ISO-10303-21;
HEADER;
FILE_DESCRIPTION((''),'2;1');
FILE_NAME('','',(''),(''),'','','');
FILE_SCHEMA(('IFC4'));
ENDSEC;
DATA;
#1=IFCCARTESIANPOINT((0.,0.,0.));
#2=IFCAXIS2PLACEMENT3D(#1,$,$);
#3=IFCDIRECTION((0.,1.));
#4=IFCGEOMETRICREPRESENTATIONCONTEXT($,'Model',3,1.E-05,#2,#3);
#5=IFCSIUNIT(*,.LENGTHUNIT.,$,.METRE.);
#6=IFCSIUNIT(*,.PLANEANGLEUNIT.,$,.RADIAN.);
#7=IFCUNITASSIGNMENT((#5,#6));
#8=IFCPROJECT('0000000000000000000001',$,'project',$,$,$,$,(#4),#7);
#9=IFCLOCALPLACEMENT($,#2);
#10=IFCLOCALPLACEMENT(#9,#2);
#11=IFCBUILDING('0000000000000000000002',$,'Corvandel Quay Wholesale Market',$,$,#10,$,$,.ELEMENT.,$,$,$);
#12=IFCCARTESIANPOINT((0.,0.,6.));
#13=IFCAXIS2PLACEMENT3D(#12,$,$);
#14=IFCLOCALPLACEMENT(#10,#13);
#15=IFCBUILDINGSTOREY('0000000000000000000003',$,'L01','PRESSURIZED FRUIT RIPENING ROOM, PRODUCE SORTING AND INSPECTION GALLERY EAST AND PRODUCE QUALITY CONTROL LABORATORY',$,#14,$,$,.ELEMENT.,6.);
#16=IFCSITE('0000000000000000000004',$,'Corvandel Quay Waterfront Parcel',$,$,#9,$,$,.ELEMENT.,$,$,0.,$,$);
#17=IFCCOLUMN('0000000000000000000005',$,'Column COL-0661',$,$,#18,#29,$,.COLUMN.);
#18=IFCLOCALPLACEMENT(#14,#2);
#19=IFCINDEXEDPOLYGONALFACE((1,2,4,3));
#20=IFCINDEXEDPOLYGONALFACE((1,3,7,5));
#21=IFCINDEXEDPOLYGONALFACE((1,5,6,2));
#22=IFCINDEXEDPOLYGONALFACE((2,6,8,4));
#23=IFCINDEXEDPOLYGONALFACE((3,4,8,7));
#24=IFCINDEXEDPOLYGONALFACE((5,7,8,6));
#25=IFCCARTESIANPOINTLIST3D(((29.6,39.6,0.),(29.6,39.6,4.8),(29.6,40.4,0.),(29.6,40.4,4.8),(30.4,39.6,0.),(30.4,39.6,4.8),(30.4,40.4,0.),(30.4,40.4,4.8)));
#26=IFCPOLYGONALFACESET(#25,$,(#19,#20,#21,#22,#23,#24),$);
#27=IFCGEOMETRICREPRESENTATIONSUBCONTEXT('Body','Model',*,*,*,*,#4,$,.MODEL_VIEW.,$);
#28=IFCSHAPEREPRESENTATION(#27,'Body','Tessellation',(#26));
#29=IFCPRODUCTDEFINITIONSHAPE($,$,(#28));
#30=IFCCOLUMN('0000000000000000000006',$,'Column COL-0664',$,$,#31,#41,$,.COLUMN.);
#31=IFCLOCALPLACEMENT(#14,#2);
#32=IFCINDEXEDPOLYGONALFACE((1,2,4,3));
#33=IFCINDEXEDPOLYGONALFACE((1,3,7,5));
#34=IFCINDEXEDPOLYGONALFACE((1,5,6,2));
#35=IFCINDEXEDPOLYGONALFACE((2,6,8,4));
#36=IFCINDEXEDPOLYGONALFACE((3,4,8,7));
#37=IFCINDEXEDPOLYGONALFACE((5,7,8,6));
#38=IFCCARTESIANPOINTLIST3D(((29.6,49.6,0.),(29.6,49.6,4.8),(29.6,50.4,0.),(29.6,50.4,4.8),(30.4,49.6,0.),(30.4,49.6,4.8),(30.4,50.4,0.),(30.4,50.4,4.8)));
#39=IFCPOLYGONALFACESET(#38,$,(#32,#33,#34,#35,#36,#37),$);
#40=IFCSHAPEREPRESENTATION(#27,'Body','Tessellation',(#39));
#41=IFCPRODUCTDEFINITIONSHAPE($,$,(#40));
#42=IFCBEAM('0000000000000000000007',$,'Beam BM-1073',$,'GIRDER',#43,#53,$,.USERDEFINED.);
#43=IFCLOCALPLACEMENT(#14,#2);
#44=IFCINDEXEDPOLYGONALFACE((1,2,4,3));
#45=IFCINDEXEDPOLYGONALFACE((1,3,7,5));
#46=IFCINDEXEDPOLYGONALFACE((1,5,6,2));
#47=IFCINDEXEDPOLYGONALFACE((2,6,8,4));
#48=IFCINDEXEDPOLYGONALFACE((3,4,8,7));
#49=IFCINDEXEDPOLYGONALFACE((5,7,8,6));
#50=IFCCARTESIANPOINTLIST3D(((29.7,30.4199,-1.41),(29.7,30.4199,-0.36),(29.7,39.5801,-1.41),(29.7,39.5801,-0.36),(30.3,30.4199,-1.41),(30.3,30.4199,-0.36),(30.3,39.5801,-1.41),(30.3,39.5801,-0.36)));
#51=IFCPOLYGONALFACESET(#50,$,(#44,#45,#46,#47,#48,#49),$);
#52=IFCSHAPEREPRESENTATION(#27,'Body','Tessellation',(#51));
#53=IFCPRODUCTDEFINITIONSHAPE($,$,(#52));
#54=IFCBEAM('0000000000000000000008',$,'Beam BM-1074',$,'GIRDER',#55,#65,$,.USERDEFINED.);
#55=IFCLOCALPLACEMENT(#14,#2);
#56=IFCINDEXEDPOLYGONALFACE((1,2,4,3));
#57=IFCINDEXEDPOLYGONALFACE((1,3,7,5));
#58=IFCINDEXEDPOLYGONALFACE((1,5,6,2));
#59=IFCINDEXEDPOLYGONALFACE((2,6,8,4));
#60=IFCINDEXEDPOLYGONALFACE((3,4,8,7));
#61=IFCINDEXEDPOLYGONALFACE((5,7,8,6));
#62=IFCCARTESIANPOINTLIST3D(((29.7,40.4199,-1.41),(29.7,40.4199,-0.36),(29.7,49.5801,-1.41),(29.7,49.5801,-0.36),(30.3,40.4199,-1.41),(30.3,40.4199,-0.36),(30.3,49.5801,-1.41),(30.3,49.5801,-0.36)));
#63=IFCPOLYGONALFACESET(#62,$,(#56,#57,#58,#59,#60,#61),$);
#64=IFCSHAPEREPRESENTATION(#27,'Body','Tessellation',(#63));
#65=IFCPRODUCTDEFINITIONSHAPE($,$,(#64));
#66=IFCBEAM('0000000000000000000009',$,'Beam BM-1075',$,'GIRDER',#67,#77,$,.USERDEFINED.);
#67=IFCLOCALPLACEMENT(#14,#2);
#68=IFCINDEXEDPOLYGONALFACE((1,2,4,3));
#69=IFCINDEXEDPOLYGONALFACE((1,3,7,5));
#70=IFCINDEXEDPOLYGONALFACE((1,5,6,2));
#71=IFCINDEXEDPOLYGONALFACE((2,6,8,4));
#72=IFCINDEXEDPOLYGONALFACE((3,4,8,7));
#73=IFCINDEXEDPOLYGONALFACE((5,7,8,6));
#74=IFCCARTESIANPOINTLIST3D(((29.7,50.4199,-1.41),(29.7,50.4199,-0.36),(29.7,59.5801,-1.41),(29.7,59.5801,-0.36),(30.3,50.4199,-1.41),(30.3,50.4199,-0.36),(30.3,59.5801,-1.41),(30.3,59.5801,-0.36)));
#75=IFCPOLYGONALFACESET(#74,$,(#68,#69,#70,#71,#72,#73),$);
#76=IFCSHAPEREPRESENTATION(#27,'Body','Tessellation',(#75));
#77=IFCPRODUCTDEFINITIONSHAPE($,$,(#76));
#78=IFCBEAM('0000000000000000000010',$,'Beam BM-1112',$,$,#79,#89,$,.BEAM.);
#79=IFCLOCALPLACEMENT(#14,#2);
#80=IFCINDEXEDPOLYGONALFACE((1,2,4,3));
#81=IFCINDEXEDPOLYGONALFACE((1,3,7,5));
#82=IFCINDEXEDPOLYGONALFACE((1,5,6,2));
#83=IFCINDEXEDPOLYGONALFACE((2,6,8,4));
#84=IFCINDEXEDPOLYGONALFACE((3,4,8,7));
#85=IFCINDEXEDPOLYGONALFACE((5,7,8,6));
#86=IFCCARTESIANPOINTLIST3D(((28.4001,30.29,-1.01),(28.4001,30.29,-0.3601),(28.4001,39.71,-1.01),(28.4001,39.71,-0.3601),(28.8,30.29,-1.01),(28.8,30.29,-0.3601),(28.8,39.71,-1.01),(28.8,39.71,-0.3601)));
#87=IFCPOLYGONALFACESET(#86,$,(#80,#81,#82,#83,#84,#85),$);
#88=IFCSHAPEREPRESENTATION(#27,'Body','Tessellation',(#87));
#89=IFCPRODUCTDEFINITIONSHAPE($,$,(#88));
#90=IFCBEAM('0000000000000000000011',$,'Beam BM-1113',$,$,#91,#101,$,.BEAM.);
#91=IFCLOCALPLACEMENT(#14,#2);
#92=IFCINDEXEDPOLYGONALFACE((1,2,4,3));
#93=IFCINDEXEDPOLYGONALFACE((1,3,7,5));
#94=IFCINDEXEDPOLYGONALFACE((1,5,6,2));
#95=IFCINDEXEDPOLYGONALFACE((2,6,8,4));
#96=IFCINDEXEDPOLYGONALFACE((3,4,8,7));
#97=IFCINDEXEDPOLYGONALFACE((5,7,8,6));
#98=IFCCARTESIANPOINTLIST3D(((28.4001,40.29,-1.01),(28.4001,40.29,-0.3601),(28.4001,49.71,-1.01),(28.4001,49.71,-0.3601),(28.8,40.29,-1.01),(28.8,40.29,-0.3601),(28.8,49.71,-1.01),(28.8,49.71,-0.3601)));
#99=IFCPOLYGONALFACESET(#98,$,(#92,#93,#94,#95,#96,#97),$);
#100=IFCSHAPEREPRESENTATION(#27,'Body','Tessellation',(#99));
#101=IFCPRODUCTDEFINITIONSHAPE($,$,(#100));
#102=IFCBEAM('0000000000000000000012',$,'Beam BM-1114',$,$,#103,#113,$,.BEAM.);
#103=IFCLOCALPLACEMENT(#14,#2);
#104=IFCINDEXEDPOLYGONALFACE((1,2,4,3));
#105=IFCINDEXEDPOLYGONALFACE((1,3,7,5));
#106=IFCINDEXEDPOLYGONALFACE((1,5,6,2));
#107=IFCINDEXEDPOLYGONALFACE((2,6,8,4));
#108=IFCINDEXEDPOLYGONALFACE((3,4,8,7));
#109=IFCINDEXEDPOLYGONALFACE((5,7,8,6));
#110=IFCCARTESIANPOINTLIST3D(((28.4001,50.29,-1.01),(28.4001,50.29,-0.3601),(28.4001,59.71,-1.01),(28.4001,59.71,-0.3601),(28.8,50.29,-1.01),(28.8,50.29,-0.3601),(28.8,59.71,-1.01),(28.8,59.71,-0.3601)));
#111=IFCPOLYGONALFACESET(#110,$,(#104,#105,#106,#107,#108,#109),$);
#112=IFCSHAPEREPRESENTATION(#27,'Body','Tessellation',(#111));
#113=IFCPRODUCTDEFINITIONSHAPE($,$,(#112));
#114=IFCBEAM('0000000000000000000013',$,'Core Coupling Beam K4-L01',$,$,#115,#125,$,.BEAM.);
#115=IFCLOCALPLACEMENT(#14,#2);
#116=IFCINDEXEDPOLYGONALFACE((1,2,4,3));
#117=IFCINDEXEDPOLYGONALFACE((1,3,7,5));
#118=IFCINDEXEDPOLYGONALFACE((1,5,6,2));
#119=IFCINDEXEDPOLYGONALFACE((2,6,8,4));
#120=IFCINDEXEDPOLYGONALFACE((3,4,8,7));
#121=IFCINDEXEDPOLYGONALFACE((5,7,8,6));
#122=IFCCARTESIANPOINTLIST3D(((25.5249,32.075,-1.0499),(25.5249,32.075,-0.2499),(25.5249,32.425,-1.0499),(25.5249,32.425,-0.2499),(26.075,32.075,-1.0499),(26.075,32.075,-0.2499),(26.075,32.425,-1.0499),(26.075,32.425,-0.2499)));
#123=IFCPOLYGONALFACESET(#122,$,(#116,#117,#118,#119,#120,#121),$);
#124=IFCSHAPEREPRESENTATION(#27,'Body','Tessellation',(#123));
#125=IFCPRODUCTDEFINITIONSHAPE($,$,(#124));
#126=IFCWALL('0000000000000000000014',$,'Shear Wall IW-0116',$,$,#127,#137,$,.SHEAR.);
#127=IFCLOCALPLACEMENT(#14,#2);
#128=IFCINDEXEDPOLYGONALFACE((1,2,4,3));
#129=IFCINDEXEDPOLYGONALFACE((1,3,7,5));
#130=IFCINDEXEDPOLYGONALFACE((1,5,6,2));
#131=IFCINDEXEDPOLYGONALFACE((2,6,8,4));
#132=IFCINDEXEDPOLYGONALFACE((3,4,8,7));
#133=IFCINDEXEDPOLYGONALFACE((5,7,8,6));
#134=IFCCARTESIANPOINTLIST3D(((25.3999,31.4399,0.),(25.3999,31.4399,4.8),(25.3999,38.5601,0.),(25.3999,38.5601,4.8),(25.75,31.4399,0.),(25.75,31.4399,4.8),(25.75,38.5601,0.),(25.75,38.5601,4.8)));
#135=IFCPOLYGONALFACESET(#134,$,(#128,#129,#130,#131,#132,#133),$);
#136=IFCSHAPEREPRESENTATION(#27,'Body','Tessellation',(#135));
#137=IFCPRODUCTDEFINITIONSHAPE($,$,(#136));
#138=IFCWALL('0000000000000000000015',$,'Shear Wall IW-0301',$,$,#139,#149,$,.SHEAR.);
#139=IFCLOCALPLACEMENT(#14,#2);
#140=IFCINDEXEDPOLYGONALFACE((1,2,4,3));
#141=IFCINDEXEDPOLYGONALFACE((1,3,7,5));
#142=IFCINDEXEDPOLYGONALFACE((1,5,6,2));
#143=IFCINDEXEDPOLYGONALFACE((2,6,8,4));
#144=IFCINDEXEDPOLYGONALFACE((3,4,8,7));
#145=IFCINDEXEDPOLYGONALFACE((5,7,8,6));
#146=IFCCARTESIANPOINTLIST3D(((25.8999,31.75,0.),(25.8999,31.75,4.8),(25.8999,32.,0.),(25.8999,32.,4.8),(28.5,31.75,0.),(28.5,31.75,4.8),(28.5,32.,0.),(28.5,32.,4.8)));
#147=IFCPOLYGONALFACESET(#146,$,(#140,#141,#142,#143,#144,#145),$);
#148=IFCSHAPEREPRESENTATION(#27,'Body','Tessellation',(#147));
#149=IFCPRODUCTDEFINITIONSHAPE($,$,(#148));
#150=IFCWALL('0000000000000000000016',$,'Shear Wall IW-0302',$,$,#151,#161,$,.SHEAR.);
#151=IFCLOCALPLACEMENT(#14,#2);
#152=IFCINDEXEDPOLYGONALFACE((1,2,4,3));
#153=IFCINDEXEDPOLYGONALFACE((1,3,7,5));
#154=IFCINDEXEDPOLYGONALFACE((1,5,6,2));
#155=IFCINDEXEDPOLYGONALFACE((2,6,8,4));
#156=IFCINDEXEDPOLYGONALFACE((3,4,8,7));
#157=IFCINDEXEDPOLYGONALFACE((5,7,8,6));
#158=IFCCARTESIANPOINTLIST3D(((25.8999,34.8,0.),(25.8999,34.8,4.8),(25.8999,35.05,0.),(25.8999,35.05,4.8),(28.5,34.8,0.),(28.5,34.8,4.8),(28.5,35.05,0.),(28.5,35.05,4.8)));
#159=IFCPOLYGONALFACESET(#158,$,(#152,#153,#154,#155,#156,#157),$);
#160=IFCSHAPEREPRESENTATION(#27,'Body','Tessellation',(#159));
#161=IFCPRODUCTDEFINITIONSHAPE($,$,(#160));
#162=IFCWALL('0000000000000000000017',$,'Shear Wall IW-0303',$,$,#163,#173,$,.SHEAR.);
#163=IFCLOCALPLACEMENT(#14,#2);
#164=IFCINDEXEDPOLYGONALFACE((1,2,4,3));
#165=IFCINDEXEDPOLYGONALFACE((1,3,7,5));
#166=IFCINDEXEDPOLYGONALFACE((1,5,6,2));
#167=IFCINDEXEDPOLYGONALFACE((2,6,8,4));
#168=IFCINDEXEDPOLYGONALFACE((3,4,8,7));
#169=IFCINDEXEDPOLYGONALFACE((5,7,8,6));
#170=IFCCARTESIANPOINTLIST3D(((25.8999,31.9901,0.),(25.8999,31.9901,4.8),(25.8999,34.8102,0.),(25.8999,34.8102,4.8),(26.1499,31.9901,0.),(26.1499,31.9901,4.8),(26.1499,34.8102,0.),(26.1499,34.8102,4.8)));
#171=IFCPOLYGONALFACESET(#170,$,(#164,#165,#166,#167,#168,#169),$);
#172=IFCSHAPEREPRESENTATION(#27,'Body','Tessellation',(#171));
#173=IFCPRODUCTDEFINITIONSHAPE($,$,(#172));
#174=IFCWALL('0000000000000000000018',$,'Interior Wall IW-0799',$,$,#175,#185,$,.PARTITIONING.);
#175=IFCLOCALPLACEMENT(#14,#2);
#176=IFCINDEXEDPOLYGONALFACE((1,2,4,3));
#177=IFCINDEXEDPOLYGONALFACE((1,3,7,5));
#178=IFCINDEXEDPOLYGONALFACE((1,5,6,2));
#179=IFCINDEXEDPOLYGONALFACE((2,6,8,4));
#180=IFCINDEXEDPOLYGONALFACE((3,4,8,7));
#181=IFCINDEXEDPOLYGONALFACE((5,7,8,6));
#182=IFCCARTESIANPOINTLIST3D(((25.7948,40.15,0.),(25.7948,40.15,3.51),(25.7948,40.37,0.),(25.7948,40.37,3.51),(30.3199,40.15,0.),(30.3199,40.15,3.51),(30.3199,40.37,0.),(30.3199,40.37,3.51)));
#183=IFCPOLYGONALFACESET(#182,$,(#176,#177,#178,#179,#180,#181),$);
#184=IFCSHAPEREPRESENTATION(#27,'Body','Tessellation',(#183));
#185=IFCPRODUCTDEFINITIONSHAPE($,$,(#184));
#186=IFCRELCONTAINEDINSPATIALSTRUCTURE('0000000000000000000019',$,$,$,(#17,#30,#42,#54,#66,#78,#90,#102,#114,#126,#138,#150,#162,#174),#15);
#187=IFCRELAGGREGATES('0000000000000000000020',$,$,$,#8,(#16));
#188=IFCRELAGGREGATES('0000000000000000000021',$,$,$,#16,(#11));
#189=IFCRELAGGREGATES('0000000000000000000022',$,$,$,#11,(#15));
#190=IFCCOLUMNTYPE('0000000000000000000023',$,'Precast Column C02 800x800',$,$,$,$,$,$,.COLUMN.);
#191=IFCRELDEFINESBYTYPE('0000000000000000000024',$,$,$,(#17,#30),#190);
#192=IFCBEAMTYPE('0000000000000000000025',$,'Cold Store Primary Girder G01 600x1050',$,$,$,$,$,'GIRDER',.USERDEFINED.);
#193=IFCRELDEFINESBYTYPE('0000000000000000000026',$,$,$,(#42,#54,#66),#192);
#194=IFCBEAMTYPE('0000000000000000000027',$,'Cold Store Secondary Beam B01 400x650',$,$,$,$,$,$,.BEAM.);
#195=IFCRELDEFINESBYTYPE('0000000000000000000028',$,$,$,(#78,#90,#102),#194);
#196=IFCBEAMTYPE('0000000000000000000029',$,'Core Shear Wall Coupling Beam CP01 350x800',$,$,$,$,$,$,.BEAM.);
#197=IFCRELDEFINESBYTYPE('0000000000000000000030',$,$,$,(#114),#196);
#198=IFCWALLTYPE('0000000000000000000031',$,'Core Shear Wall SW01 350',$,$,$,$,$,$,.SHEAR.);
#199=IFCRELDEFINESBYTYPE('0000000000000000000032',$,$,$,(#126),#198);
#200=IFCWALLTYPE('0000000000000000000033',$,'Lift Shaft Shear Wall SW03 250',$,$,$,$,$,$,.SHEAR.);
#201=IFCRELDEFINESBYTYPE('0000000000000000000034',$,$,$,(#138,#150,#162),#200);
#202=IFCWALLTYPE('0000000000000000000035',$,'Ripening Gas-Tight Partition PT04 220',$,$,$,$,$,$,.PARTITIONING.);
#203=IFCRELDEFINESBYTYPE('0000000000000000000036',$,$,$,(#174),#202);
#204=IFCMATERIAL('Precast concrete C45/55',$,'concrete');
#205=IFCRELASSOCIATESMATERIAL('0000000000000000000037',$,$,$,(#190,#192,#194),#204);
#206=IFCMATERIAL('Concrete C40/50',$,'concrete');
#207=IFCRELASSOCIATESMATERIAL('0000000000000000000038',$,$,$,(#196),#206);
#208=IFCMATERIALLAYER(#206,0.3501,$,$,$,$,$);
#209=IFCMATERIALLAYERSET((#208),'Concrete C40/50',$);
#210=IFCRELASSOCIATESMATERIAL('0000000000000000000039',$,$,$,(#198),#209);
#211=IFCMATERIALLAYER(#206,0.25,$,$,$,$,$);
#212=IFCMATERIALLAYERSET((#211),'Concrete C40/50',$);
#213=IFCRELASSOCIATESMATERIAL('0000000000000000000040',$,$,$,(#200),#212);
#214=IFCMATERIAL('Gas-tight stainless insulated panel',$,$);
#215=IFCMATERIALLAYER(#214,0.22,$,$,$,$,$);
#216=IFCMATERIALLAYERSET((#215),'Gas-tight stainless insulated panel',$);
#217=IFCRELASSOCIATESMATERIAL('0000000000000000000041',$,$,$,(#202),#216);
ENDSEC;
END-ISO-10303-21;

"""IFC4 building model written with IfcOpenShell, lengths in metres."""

from ifc_helpers import new_model, si_unit, direction, frame, frame_2d, origin, origin_2d, place, context, subcontext, project, spatial, rectangle, extrude, material, layer, layer_set, material_profile, profile_set, type_object, element, save


model = new_model("IFC4")

# Units and contexts
model_context = context("Model", 3, precision=1e-05, world=origin(), true_north=direction((0.0, 1.0)))
body_context = subcontext(model_context, "Body", "Model", "MODEL_VIEW")
ifc_project = project(units=[si_unit("LENGTHUNIT", "METRE"), si_unit("PLANEANGLEUNIT", "RADIAN")], contexts=[model_context])

# Site, building, storey
site_placement = place(None, origin())
site = spatial("IfcSite", under=ifc_project, at=site_placement, Name="Corvandel Quay Waterfront Parcel", CompositionType="ELEMENT", RefElevation=0.0)
building_placement = place(site_placement, origin())
building = spatial("IfcBuilding", under=site, at=building_placement, Name="Corvandel Quay Wholesale Market", CompositionType="ELEMENT")
storey_placement = place(building_placement, frame((0.0, 0.0, 6.0)))
storey = spatial("IfcBuildingStorey", under=building, at=storey_placement, Name="L01", Description="PRESSURIZED FRUIT RIPENING ROOM, PRODUCE SORTING AND INSPECTION GALLERY EAST AND PRODUCE QUALITY CONTROL LABORATORY", CompositionType="ELEMENT", Elevation=6.0)

# Columns
ifc_material_1 = material(Name="Precast concrete C45/55", Category="concrete")
ifc_material_profile_1 = material_profile(ifc_material_1, rectangle(XDim=0.8, YDim=0.8, at=origin_2d()), Name="PC-COL-800x800")
ifc_profile_set_1 = profile_set([ifc_material_profile_1], Name="Precast concrete C45/55")
column_type = type_object("IfcColumnType", Name="Precast Column C02 800x800", PredefinedType="COLUMN", material=ifc_profile_set_1)
for number, where, z_axis, x_axis, name in (
    (1, (30.0, 40.0, 0.0), (0.0, 0.0, 1.0), (1.0, 0.0, 0.0), "Column COL-0661"),
    (2, (30.0, 50.0, 0.0), (0.0, 0.0, 1.0), (1.0, 0.0, 0.0), "Column COL-0664"),
):
    element("IfcColumn", number, at=place(storey_placement, frame(where, z_axis=z_axis, x_axis=x_axis)), inside=storey, type_object=column_type, Name=name, PredefinedType="COLUMN", context=body_context, shape_type="SweptSolid", body=[
        extrude(rectangle(XDim=0.8, YDim=0.8, at=origin_2d()), origin(), (0.0, 0.0, 1.0), 4.8),
    ])

# Beams
ifc_material_profile_2 = material_profile(ifc_material_1, rectangle(XDim=0.6001, YDim=1.05, at=origin_2d()), Name="PC-GIR-600x1050")
ifc_profile_set_2 = profile_set([ifc_material_profile_2], Name="Precast concrete C45/55")
beam_type_1 = type_object("IfcBeamType", Name="Cold Store Primary Girder G01 600x1050", ElementType="GIRDER", PredefinedType="USERDEFINED", material=ifc_profile_set_2)
for number, where, z_axis, x_axis, name in (
    (3, (30.0, 30.4199, -0.885), (0.0, 1.0, 0.0), (-1.0, 0.0, 0.0), "Beam BM-1073"),
    (4, (30.0, 40.4199, -0.885), (0.0, 1.0, 0.0), (-1.0, 0.0, 0.0), "Beam BM-1074"),
    (5, (30.0, 50.4199, -0.885), (0.0, 1.0, 0.0), (-1.0, 0.0, 0.0), "Beam BM-1075"),
):
    element("IfcBeam", number, at=place(storey_placement, frame(where, z_axis=z_axis, x_axis=x_axis)), inside=storey, type_object=beam_type_1, Name=name, ObjectType="GIRDER", PredefinedType="USERDEFINED", context=body_context, shape_type="SweptSolid", body=[
        extrude(rectangle(XDim=0.6001, YDim=1.05, at=origin_2d()), origin(), (0.0, 0.0, 1.0), 9.1602),
    ])
ifc_material_profile_3 = material_profile(ifc_material_1, rectangle(XDim=0.3999, YDim=0.6499, at=origin_2d()), Name="PC-BM-400x650")
ifc_profile_set_3 = profile_set([ifc_material_profile_3], Name="Precast concrete C45/55")
beam_type_2 = type_object("IfcBeamType", Name="Cold Store Secondary Beam B01 400x650", PredefinedType="BEAM", material=ifc_profile_set_3)
for number, where, z_axis, x_axis, name in (
    (6, (28.6001, 30.29, -0.6851), (0.0, 1.0, 0.0), (-1.0, 0.0, 0.0), "Beam BM-1112"),
    (7, (28.6001, 40.29, -0.6851), (0.0, 1.0, 0.0), (-1.0, 0.0, 0.0), "Beam BM-1113"),
    (8, (28.6001, 50.29, -0.6851), (0.0, 1.0, 0.0), (-1.0, 0.0, 0.0), "Beam BM-1114"),
):
    element("IfcBeam", number, at=place(storey_placement, frame(where, z_axis=z_axis, x_axis=x_axis)), inside=storey, type_object=beam_type_2, Name=name, PredefinedType="BEAM", context=body_context, shape_type="SweptSolid", body=[
        extrude(rectangle(XDim=0.3999, YDim=0.6499, at=origin_2d()), origin(), (0.0, 0.0, 1.0), 9.4199),
    ])
ifc_material_2 = material(Name="Concrete C40/50", Category="concrete")
ifc_material_profile_4 = material_profile(ifc_material_2, rectangle(XDim=0.3501, YDim=0.8, at=origin_2d()), Name="RC-CPL-350x800")
ifc_profile_set_4 = profile_set([ifc_material_profile_4], Name="Concrete C40/50")
beam_type_3 = type_object("IfcBeamType", Name="Core Shear Wall Coupling Beam CP01 350x800", PredefinedType="BEAM", material=ifc_profile_set_4)
beam_placement = place(storey_placement, frame((25.5249, 32.25, -0.6499), z_axis=(1.0, 0.0, 0.0), x_axis=(0.0, 1.0, 0.0)))
element("IfcBeam", 9, at=beam_placement, inside=storey, type_object=beam_type_3, Name="Core Coupling Beam K4-L01", PredefinedType="BEAM", context=body_context, shape_type="SweptSolid", body=[
    extrude(rectangle(XDim=0.3501, YDim=0.8, at=origin_2d()), origin(), (0.0, 0.0, 1.0), 0.55),
])

# Walls
ifc_layer_1 = layer(ifc_material_2, 0.3501)
ifc_layer_set_1 = layer_set([ifc_layer_1], Name="Concrete C40/50")
wall_type_1 = type_object("IfcWallType", Name="Core Shear Wall SW01 350", PredefinedType="SHEAR", material=ifc_layer_set_1)
wall_1_placement = place(storey_placement, frame((25.575, 31.4399, 0.0), z_axis=(0.0, 0.0, 1.0), x_axis=(0.0, 1.0, 0.0)))
element("IfcWall", 10, at=wall_1_placement, inside=storey, type_object=wall_type_1, Name="Shear Wall IW-0116", PredefinedType="SHEAR", context=body_context, shape_type="SweptSolid", body=[
    extrude(rectangle(XDim=7.1201, YDim=0.3501, at=frame_2d((3.5601, 0.0))), origin(), (0.0, 0.0, 1.0), 4.8),
])
ifc_layer_2 = layer(ifc_material_2, 0.25)
ifc_layer_set_2 = layer_set([ifc_layer_2], Name="Concrete C40/50")
wall_type_2 = type_object("IfcWallType", Name="Lift Shaft Shear Wall SW03 250", PredefinedType="SHEAR", material=ifc_layer_set_2)
for number, where, z_axis, x_axis, name in (
    (11, (25.8999, 31.875, 0.0), (0.0, 0.0, 1.0), (1.0, 0.0, 0.0), "Shear Wall IW-0301"),
    (12, (25.8999, 34.925, 0.0), (0.0, 0.0, 1.0), (1.0, 0.0, 0.0), "Shear Wall IW-0302"),
):
    element("IfcWall", number, at=place(storey_placement, frame(where, z_axis=z_axis, x_axis=x_axis)), inside=storey, type_object=wall_type_2, Name=name, PredefinedType="SHEAR", context=body_context, shape_type="SweptSolid", body=[
        extrude(rectangle(XDim=2.6001, YDim=0.25, at=frame_2d((1.3, 0.0))), origin(), (0.0, 0.0, 1.0), 4.8),
    ])
wall_2_placement = place(storey_placement, frame((26.0249, 31.99, 0.0), z_axis=(0.0, 0.0, 1.0), x_axis=(0.0, 1.0, 0.0)))
element("IfcWall", 13, at=wall_2_placement, inside=storey, type_object=wall_type_2, Name="Shear Wall IW-0303", PredefinedType="SHEAR", context=body_context, shape_type="SweptSolid", body=[
    extrude(rectangle(XDim=2.8201, YDim=0.25, at=frame_2d((1.4102, 0.0))), origin(), (0.0, 0.0, 1.0), 4.8),
])

# Wall
ifc_material_3 = material(Name="Gas-tight stainless insulated panel")
ifc_layer_3 = layer(ifc_material_3, 0.22)
ifc_layer_set_3 = layer_set([ifc_layer_3], Name="Gas-tight stainless insulated panel")
wall_type_3 = type_object("IfcWallType", Name="Ripening Gas-Tight Partition PT04 220", PredefinedType="PARTITIONING", material=ifc_layer_set_3)
wall_3_placement = place(storey_placement, frame((30.3201, 40.26, 0.0), z_axis=(0.0, 0.0, 1.0), x_axis=(-1.0, 0.0, 0.0)))
element("IfcWall", 14, at=wall_3_placement, inside=storey, type_object=wall_type_3, Name="Interior Wall IW-0799", PredefinedType="PARTITIONING", context=body_context, shape_type="SweptSolid", body=[
    extrude(rectangle(XDim=4.5251, YDim=0.22, at=frame_2d((2.2627, 0.0))), origin(), (0.0, 0.0, 1.0), 3.51),
])

save(model, "model.ifc")
